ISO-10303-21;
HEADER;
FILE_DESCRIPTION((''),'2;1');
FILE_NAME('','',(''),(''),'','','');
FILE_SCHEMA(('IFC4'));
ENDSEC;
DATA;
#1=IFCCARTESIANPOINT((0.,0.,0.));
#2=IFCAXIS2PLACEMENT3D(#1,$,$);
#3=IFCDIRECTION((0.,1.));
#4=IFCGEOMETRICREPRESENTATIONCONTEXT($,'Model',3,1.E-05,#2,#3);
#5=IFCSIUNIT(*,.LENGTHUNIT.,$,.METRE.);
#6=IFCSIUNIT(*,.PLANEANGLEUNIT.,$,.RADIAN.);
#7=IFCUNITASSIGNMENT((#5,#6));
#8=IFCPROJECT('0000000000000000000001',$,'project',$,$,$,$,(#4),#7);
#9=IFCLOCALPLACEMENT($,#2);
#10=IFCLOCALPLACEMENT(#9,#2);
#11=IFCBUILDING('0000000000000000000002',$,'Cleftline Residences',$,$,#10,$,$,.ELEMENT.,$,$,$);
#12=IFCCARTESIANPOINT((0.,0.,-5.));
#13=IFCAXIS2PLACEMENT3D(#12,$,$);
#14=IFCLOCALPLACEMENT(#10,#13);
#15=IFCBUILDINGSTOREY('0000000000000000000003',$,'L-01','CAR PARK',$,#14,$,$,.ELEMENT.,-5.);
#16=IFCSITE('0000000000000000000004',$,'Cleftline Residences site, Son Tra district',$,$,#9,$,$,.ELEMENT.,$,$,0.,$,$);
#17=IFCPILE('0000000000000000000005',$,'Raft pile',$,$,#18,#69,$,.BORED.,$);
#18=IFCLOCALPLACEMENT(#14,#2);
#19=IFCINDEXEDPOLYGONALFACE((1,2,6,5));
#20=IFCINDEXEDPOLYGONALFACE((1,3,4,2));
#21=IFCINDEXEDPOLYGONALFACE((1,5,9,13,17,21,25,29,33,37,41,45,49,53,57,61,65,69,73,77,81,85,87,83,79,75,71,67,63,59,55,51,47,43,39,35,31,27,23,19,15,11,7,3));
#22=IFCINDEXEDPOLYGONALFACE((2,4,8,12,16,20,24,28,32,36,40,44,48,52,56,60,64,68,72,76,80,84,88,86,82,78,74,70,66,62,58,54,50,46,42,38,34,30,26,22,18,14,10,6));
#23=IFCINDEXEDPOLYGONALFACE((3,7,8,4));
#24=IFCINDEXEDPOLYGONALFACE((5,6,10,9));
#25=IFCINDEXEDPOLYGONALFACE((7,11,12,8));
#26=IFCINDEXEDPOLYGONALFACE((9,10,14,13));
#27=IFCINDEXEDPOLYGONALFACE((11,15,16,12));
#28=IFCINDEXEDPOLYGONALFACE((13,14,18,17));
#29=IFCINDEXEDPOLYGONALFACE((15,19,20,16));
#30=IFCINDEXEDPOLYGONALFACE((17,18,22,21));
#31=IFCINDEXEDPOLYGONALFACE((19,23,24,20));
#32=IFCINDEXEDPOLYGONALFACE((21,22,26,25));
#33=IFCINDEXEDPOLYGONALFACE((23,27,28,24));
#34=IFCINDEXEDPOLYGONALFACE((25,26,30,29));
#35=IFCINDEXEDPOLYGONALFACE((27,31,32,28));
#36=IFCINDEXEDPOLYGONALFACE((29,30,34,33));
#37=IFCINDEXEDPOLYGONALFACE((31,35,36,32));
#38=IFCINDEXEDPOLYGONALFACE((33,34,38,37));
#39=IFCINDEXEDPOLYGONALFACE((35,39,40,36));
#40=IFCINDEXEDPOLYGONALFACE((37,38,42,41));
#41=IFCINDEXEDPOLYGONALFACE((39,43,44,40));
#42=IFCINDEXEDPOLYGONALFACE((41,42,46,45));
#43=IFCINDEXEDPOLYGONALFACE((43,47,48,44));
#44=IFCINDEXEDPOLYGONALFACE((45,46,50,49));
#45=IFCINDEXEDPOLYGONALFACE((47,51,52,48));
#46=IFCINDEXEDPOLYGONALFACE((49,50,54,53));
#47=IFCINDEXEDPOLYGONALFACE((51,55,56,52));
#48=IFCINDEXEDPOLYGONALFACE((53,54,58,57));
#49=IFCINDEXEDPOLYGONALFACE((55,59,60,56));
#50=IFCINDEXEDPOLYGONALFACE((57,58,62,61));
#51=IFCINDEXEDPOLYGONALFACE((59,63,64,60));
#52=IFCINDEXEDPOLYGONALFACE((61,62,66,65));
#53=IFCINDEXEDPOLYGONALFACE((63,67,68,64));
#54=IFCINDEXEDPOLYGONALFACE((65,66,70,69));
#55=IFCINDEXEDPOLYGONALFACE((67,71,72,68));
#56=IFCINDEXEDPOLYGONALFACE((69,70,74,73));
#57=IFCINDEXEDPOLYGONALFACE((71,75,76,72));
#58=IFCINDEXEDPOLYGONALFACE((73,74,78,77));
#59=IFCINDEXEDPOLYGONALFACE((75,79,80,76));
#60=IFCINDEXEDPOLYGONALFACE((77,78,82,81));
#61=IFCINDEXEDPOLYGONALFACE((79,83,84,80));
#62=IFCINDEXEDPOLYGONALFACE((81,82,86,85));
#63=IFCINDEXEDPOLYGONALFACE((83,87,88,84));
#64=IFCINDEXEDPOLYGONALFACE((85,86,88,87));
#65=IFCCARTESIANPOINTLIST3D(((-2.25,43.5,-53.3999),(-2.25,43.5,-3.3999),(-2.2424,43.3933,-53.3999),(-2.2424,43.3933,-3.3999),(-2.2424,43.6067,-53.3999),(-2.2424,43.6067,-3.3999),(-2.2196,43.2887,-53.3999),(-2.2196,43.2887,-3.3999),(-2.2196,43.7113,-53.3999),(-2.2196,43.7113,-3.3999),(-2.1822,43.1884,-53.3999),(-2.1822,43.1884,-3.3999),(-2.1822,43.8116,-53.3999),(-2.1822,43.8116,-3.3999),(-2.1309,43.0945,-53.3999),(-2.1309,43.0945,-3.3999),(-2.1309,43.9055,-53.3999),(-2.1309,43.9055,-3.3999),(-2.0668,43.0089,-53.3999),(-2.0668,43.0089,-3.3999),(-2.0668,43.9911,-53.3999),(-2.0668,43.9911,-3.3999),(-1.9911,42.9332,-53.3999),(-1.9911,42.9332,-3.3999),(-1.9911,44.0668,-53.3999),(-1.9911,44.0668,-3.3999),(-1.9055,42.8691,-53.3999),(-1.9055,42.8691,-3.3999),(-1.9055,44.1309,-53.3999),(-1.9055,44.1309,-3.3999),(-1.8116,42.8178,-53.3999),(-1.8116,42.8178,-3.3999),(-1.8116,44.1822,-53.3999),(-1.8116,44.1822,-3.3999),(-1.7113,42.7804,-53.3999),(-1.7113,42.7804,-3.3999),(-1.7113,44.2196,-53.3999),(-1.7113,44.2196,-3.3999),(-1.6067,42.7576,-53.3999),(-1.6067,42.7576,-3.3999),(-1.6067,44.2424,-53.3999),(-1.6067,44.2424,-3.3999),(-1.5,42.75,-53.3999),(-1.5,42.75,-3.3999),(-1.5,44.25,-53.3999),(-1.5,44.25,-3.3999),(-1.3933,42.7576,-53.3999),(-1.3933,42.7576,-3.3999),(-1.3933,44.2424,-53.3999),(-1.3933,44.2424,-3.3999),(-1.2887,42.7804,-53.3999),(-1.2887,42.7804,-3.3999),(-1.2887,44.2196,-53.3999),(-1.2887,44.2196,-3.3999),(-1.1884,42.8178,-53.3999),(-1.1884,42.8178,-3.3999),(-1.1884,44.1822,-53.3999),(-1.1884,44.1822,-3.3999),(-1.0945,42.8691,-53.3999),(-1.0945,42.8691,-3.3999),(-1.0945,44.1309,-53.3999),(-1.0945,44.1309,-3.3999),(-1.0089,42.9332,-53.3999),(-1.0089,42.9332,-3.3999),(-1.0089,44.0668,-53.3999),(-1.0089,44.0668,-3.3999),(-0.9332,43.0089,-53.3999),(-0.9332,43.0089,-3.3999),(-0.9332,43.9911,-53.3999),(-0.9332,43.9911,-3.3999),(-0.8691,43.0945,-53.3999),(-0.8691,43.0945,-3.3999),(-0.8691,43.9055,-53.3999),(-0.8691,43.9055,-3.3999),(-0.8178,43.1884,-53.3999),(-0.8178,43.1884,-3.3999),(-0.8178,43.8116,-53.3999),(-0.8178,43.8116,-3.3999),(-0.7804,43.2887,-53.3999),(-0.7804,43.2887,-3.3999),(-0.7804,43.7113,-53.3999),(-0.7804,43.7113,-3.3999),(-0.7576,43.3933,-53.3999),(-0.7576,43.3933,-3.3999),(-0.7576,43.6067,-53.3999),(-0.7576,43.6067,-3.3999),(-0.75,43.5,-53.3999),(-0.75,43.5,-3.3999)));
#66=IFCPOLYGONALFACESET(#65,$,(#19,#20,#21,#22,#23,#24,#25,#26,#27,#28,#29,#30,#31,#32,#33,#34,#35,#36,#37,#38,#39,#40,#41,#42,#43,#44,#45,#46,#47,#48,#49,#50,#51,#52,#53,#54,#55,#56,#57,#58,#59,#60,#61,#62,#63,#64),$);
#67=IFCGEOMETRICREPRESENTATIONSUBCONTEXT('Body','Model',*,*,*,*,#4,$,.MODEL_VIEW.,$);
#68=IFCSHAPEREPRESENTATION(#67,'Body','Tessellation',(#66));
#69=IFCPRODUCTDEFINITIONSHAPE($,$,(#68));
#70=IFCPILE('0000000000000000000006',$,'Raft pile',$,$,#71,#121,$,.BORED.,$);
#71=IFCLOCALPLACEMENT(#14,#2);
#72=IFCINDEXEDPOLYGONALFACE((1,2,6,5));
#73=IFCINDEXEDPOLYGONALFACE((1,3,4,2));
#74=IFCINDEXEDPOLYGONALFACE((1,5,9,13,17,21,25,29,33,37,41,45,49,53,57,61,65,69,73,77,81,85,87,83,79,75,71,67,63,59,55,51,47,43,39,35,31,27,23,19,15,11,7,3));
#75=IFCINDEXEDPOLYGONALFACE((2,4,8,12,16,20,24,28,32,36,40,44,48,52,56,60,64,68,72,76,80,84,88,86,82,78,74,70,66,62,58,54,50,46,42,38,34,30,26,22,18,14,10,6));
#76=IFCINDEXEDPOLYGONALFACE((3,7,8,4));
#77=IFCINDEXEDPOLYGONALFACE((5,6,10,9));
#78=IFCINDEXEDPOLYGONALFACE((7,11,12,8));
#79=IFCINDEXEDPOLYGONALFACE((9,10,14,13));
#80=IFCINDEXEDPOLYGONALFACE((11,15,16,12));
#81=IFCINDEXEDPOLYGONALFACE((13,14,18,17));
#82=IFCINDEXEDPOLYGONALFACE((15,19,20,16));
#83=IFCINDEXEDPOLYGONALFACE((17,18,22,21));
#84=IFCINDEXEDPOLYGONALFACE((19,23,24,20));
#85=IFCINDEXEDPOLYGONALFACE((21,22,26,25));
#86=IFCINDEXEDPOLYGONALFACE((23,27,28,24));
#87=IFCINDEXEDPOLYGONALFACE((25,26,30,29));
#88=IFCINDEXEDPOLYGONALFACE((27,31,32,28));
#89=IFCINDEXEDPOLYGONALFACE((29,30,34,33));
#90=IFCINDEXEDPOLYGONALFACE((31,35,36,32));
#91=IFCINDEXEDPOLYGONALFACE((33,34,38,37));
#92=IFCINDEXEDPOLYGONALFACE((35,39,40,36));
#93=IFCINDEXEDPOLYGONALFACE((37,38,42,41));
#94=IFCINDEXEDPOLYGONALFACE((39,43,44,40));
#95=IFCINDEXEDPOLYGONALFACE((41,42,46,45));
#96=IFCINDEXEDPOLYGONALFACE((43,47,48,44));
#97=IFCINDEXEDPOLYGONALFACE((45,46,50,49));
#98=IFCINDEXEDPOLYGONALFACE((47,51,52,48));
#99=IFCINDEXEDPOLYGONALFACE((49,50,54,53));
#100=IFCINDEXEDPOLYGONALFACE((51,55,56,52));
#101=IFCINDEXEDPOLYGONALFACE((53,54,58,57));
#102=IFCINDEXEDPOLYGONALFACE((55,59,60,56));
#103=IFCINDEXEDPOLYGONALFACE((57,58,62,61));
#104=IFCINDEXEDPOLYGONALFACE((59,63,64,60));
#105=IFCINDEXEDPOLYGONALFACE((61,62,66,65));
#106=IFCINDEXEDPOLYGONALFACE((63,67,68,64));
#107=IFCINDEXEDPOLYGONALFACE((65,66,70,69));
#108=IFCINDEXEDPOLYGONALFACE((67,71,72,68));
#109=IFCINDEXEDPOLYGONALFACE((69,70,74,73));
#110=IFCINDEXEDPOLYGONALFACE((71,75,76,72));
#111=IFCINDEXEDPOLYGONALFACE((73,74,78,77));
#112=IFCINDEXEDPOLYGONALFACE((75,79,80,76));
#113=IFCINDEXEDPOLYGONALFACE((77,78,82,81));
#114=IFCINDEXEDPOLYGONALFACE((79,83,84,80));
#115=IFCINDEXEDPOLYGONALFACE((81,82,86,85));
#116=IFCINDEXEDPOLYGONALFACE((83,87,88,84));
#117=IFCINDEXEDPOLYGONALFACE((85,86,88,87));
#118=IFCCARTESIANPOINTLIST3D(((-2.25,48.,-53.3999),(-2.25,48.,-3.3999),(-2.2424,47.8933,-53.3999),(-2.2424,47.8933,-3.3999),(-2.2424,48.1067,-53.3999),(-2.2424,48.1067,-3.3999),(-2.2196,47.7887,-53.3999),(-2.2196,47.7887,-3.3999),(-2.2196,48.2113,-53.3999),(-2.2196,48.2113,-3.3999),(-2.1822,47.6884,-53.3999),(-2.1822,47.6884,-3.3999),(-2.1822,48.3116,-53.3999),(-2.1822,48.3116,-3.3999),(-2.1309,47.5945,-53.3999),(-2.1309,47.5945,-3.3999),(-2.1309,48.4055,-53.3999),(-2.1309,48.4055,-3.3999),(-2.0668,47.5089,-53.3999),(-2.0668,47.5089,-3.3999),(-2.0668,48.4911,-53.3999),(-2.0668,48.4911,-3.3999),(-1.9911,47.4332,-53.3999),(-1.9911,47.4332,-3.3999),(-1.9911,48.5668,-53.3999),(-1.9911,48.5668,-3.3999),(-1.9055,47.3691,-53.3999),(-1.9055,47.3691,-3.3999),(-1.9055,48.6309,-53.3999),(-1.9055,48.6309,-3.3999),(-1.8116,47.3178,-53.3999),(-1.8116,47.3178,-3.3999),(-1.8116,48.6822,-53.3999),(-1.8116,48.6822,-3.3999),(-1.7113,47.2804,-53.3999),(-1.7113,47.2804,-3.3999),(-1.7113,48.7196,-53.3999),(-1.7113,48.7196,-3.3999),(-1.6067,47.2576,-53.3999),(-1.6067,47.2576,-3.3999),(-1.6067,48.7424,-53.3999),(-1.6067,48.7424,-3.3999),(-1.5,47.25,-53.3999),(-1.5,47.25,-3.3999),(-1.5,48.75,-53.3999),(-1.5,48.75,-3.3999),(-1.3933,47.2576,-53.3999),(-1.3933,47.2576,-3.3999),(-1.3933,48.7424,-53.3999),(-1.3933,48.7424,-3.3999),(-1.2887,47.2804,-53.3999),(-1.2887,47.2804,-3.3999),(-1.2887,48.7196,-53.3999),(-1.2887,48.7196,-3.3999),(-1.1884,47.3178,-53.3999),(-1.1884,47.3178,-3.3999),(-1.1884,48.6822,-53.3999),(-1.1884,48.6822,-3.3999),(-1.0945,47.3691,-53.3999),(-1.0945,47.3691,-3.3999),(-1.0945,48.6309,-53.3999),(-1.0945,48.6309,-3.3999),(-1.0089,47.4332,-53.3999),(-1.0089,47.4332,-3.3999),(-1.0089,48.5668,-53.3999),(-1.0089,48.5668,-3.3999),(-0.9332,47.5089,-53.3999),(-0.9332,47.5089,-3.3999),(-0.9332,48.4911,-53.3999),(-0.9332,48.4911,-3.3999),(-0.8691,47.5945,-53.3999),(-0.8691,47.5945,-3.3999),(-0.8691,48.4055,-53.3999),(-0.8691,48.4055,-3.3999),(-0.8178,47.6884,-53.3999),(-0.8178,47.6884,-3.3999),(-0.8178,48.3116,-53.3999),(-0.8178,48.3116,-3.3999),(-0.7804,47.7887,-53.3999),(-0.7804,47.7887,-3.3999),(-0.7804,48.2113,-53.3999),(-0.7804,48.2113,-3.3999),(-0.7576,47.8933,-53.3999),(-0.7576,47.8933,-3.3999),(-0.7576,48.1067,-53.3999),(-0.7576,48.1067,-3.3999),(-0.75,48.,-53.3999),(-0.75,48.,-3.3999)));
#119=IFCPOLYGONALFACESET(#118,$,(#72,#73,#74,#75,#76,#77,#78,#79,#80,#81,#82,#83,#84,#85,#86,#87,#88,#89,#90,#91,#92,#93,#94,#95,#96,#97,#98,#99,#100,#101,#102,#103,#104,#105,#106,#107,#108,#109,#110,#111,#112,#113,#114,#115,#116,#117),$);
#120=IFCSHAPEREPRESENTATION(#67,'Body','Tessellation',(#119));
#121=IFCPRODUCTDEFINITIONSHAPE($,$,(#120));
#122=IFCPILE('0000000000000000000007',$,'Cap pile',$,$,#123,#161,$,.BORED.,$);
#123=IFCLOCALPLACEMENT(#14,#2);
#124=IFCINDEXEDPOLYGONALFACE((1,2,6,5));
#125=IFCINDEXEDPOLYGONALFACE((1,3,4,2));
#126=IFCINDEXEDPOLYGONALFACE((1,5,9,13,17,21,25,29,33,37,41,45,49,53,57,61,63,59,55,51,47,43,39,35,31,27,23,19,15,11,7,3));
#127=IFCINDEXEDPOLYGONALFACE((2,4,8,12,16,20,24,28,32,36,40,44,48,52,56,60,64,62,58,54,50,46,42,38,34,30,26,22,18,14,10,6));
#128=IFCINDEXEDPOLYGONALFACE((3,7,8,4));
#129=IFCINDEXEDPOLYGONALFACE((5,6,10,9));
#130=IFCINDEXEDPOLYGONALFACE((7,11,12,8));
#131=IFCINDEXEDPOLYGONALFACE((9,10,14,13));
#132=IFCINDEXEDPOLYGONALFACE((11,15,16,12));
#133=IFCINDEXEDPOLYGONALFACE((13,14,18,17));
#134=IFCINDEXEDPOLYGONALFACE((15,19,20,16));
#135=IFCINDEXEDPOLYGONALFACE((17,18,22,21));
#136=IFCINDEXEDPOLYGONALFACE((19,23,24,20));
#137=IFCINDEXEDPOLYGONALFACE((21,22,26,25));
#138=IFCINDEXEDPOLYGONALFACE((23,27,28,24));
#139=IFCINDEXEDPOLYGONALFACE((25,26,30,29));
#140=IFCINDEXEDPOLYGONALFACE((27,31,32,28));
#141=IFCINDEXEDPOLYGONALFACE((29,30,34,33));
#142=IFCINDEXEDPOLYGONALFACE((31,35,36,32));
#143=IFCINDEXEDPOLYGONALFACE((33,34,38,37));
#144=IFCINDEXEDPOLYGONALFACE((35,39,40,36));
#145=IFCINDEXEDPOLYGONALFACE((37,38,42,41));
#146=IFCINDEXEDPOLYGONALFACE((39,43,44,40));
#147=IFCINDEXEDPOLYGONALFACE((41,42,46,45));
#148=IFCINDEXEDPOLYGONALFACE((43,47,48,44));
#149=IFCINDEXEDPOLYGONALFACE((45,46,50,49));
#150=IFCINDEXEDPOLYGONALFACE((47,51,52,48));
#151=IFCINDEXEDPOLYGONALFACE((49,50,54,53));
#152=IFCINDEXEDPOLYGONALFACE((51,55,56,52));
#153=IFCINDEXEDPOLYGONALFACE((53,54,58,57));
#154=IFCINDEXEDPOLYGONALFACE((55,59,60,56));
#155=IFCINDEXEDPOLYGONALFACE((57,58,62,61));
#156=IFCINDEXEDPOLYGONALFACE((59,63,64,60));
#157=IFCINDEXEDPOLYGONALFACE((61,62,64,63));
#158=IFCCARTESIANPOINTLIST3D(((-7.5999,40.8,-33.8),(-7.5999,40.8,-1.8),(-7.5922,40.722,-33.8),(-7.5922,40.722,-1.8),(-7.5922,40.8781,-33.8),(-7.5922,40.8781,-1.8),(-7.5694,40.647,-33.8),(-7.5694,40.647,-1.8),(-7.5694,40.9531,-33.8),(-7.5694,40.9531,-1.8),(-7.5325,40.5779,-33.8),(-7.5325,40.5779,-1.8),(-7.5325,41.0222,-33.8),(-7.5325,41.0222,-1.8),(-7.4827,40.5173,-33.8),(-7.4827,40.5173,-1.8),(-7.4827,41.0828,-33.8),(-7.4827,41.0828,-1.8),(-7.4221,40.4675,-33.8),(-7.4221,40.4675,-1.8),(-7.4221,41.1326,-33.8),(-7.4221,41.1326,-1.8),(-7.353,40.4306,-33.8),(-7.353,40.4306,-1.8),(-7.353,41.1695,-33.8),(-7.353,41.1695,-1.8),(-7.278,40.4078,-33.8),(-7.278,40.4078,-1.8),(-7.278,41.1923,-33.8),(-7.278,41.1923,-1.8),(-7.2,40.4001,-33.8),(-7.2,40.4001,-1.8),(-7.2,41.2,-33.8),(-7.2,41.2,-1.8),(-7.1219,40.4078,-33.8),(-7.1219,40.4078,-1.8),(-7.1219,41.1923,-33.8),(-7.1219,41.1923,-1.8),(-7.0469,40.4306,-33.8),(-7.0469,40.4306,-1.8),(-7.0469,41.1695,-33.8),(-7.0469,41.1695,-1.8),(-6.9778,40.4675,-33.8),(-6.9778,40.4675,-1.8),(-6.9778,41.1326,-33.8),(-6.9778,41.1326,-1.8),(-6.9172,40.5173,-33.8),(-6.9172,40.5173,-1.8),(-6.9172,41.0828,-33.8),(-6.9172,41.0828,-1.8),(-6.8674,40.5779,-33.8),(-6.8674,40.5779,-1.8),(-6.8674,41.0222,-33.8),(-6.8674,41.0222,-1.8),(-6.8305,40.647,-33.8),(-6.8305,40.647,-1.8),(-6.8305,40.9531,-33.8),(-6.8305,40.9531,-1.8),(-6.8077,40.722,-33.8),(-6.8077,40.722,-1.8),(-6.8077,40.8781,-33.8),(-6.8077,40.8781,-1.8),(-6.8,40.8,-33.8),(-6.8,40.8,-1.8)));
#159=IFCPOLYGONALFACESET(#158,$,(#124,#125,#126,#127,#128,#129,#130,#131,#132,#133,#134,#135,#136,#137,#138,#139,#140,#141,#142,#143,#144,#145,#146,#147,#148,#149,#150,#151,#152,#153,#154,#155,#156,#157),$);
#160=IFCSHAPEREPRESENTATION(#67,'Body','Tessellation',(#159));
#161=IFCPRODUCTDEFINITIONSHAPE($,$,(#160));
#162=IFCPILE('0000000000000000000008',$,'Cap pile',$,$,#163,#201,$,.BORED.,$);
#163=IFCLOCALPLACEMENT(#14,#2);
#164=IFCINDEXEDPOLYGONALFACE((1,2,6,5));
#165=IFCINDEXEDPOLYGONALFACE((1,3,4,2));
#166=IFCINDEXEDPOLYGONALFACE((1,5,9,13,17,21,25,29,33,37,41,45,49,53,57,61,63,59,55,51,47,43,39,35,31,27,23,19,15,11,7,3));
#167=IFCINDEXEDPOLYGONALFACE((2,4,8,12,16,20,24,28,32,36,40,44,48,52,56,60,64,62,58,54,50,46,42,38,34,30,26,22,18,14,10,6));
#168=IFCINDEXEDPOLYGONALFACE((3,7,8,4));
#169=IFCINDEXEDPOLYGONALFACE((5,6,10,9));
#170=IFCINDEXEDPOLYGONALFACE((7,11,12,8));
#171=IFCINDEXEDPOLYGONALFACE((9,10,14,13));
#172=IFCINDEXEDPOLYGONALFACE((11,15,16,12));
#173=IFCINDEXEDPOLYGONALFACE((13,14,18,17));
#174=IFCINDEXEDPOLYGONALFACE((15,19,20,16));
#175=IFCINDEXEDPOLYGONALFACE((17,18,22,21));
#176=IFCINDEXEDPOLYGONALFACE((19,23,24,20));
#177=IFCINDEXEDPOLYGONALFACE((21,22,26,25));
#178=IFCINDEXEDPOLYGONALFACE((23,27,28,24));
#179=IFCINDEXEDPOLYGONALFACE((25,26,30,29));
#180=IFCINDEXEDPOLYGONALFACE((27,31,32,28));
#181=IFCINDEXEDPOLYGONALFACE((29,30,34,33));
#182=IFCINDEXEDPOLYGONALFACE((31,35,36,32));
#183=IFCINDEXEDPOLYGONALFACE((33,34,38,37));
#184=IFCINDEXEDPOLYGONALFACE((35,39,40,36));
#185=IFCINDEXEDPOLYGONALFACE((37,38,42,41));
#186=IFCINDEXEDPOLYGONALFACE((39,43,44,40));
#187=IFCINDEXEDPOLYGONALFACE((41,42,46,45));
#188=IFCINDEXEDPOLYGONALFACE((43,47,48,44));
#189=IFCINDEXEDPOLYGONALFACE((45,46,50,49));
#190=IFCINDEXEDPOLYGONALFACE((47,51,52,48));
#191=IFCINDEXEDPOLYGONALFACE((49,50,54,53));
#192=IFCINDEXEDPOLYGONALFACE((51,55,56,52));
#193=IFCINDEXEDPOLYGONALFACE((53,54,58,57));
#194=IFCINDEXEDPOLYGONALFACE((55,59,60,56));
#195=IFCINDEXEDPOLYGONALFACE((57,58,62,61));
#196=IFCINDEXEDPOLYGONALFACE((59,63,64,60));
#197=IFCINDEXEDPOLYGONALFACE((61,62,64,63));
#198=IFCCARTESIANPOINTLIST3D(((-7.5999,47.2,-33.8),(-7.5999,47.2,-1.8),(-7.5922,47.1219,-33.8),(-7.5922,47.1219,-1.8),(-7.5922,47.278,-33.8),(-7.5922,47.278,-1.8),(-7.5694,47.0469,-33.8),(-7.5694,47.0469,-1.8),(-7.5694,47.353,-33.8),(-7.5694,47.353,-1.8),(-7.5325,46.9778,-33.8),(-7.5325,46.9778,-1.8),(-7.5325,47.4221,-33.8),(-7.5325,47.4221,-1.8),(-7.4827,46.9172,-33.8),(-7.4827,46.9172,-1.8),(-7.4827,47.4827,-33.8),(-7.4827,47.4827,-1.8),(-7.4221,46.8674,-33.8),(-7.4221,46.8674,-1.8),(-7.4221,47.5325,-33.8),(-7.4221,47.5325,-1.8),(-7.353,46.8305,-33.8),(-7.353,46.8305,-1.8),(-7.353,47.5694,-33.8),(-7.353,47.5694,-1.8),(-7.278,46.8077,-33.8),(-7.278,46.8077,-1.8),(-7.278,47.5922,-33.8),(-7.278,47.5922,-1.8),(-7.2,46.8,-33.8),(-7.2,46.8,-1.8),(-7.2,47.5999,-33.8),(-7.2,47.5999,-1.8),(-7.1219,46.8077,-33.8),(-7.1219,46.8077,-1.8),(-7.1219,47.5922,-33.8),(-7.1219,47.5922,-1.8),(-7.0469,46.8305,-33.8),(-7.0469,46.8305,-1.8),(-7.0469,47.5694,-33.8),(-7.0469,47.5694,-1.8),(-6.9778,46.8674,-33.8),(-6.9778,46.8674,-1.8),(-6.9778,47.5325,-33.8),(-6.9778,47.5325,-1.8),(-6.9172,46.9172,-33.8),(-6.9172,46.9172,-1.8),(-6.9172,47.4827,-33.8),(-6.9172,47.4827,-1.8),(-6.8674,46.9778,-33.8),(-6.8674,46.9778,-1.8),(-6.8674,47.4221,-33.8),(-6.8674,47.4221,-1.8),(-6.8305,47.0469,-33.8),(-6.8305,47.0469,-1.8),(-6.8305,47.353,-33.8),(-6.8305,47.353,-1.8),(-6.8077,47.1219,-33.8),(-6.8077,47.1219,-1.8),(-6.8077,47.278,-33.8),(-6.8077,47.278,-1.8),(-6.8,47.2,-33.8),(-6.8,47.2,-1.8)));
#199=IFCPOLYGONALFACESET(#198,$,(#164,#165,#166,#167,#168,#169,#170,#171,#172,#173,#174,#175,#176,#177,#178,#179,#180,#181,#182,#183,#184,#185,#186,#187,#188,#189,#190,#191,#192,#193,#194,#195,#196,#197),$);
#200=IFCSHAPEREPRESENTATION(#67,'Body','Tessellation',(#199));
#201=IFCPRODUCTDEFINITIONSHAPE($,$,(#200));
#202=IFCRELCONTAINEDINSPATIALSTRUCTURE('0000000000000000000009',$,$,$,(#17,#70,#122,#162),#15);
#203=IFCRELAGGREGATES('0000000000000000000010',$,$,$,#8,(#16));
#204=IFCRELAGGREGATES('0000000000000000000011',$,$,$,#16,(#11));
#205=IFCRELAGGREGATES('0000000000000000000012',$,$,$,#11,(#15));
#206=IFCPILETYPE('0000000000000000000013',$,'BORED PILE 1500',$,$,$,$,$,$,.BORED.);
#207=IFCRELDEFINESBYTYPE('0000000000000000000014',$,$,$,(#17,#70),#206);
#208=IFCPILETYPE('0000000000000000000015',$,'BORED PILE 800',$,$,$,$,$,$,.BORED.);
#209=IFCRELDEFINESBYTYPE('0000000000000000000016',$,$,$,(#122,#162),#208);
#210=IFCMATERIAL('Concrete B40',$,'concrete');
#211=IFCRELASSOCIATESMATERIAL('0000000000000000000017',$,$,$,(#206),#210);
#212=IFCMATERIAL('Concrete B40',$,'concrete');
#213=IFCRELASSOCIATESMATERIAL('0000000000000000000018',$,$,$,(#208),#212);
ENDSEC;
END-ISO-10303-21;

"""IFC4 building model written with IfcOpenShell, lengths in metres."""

from ifc_helpers import new_model, si_unit, direction, frame, origin, origin_2d, place, context, subcontext, project, spatial, circle, extrude, material, material_profile, profile_set, type_object, element, save


model = new_model("IFC4")

# Units and contexts
model_context = context("Model", 3, precision=1e-05, world=origin(), true_north=direction((0.0, 1.0)))
body_context = subcontext(model_context, "Body", "Model", "MODEL_VIEW")
ifc_project = project(units=[si_unit("LENGTHUNIT", "METRE"), si_unit("PLANEANGLEUNIT", "RADIAN")], contexts=[model_context])

# Site, building, storey
site_placement = place(None, origin())
site = spatial("IfcSite", under=ifc_project, at=site_placement, Name="Cleftline Residences site, Son Tra district", CompositionType="ELEMENT", RefElevation=0.0)
building_placement = place(site_placement, origin())
building = spatial("IfcBuilding", under=site, at=building_placement, Name="Cleftline Residences", CompositionType="ELEMENT")
storey_placement = place(building_placement, frame((0.0, 0.0, -5.0)))
storey = spatial("IfcBuildingStorey", under=building, at=storey_placement, Name="L-01", Description="CAR PARK", CompositionType="ELEMENT", Elevation=-5.0)

# Piles
ifc_material_1 = material(Name="Concrete B40", Category="concrete")
ifc_material_profile_1 = material_profile(ifc_material_1, circle(Radius=0.75, at=origin_2d()))
ifc_profile_set_1 = profile_set([ifc_material_profile_1], Name="Concrete B40")
pile_type_1 = type_object("IfcPileType", Name="BORED PILE 1500", PredefinedType="BORED", material=ifc_profile_set_1)
for number, where, z_axis, x_axis, name in (
    (1, (-1.5, 43.5, -3.3999), (0.0, 0.0, -1.0), (1.0, 0.0, 0.0), "Raft pile"),
    (2, (-1.5, 48.0, -3.3999), (0.0, 0.0, -1.0), (1.0, 0.0, 0.0), "Raft pile"),
):
    element("IfcPile", number, at=place(storey_placement, frame(where, z_axis=z_axis, x_axis=x_axis)), inside=storey, type_object=pile_type_1, Name=name, PredefinedType="BORED", context=body_context, shape_type="SweptSolid", body=[
        extrude(circle(Radius=0.75, at=origin_2d()), origin(), (0.0, 0.0, 1.0), 50.0),
    ])
ifc_material_2 = material(Name="Concrete B40", Category="concrete")
ifc_material_profile_2 = material_profile(ifc_material_2, circle(Radius=0.3999, at=origin_2d()))
ifc_profile_set_2 = profile_set([ifc_material_profile_2], Name="Concrete B40")
pile_type_2 = type_object("IfcPileType", Name="BORED PILE 800", PredefinedType="BORED", material=ifc_profile_set_2)
for number, where, z_axis, x_axis, name in (
    (3, (-7.2, 40.8, -1.8), (0.0, 0.0, -1.0), (1.0, 0.0, 0.0), "Cap pile"),
    (4, (-7.2, 47.2, -1.8), (0.0, 0.0, -1.0), (1.0, 0.0, 0.0), "Cap pile"),
):
    element("IfcPile", number, at=place(storey_placement, frame(where, z_axis=z_axis, x_axis=x_axis)), inside=storey, type_object=pile_type_2, Name=name, PredefinedType="BORED", context=body_context, shape_type="SweptSolid", body=[
        extrude(circle(Radius=0.3999, at=origin_2d()), origin(), (0.0, 0.0, 1.0), 32.0),
    ])

save(model, "model.ifc")
